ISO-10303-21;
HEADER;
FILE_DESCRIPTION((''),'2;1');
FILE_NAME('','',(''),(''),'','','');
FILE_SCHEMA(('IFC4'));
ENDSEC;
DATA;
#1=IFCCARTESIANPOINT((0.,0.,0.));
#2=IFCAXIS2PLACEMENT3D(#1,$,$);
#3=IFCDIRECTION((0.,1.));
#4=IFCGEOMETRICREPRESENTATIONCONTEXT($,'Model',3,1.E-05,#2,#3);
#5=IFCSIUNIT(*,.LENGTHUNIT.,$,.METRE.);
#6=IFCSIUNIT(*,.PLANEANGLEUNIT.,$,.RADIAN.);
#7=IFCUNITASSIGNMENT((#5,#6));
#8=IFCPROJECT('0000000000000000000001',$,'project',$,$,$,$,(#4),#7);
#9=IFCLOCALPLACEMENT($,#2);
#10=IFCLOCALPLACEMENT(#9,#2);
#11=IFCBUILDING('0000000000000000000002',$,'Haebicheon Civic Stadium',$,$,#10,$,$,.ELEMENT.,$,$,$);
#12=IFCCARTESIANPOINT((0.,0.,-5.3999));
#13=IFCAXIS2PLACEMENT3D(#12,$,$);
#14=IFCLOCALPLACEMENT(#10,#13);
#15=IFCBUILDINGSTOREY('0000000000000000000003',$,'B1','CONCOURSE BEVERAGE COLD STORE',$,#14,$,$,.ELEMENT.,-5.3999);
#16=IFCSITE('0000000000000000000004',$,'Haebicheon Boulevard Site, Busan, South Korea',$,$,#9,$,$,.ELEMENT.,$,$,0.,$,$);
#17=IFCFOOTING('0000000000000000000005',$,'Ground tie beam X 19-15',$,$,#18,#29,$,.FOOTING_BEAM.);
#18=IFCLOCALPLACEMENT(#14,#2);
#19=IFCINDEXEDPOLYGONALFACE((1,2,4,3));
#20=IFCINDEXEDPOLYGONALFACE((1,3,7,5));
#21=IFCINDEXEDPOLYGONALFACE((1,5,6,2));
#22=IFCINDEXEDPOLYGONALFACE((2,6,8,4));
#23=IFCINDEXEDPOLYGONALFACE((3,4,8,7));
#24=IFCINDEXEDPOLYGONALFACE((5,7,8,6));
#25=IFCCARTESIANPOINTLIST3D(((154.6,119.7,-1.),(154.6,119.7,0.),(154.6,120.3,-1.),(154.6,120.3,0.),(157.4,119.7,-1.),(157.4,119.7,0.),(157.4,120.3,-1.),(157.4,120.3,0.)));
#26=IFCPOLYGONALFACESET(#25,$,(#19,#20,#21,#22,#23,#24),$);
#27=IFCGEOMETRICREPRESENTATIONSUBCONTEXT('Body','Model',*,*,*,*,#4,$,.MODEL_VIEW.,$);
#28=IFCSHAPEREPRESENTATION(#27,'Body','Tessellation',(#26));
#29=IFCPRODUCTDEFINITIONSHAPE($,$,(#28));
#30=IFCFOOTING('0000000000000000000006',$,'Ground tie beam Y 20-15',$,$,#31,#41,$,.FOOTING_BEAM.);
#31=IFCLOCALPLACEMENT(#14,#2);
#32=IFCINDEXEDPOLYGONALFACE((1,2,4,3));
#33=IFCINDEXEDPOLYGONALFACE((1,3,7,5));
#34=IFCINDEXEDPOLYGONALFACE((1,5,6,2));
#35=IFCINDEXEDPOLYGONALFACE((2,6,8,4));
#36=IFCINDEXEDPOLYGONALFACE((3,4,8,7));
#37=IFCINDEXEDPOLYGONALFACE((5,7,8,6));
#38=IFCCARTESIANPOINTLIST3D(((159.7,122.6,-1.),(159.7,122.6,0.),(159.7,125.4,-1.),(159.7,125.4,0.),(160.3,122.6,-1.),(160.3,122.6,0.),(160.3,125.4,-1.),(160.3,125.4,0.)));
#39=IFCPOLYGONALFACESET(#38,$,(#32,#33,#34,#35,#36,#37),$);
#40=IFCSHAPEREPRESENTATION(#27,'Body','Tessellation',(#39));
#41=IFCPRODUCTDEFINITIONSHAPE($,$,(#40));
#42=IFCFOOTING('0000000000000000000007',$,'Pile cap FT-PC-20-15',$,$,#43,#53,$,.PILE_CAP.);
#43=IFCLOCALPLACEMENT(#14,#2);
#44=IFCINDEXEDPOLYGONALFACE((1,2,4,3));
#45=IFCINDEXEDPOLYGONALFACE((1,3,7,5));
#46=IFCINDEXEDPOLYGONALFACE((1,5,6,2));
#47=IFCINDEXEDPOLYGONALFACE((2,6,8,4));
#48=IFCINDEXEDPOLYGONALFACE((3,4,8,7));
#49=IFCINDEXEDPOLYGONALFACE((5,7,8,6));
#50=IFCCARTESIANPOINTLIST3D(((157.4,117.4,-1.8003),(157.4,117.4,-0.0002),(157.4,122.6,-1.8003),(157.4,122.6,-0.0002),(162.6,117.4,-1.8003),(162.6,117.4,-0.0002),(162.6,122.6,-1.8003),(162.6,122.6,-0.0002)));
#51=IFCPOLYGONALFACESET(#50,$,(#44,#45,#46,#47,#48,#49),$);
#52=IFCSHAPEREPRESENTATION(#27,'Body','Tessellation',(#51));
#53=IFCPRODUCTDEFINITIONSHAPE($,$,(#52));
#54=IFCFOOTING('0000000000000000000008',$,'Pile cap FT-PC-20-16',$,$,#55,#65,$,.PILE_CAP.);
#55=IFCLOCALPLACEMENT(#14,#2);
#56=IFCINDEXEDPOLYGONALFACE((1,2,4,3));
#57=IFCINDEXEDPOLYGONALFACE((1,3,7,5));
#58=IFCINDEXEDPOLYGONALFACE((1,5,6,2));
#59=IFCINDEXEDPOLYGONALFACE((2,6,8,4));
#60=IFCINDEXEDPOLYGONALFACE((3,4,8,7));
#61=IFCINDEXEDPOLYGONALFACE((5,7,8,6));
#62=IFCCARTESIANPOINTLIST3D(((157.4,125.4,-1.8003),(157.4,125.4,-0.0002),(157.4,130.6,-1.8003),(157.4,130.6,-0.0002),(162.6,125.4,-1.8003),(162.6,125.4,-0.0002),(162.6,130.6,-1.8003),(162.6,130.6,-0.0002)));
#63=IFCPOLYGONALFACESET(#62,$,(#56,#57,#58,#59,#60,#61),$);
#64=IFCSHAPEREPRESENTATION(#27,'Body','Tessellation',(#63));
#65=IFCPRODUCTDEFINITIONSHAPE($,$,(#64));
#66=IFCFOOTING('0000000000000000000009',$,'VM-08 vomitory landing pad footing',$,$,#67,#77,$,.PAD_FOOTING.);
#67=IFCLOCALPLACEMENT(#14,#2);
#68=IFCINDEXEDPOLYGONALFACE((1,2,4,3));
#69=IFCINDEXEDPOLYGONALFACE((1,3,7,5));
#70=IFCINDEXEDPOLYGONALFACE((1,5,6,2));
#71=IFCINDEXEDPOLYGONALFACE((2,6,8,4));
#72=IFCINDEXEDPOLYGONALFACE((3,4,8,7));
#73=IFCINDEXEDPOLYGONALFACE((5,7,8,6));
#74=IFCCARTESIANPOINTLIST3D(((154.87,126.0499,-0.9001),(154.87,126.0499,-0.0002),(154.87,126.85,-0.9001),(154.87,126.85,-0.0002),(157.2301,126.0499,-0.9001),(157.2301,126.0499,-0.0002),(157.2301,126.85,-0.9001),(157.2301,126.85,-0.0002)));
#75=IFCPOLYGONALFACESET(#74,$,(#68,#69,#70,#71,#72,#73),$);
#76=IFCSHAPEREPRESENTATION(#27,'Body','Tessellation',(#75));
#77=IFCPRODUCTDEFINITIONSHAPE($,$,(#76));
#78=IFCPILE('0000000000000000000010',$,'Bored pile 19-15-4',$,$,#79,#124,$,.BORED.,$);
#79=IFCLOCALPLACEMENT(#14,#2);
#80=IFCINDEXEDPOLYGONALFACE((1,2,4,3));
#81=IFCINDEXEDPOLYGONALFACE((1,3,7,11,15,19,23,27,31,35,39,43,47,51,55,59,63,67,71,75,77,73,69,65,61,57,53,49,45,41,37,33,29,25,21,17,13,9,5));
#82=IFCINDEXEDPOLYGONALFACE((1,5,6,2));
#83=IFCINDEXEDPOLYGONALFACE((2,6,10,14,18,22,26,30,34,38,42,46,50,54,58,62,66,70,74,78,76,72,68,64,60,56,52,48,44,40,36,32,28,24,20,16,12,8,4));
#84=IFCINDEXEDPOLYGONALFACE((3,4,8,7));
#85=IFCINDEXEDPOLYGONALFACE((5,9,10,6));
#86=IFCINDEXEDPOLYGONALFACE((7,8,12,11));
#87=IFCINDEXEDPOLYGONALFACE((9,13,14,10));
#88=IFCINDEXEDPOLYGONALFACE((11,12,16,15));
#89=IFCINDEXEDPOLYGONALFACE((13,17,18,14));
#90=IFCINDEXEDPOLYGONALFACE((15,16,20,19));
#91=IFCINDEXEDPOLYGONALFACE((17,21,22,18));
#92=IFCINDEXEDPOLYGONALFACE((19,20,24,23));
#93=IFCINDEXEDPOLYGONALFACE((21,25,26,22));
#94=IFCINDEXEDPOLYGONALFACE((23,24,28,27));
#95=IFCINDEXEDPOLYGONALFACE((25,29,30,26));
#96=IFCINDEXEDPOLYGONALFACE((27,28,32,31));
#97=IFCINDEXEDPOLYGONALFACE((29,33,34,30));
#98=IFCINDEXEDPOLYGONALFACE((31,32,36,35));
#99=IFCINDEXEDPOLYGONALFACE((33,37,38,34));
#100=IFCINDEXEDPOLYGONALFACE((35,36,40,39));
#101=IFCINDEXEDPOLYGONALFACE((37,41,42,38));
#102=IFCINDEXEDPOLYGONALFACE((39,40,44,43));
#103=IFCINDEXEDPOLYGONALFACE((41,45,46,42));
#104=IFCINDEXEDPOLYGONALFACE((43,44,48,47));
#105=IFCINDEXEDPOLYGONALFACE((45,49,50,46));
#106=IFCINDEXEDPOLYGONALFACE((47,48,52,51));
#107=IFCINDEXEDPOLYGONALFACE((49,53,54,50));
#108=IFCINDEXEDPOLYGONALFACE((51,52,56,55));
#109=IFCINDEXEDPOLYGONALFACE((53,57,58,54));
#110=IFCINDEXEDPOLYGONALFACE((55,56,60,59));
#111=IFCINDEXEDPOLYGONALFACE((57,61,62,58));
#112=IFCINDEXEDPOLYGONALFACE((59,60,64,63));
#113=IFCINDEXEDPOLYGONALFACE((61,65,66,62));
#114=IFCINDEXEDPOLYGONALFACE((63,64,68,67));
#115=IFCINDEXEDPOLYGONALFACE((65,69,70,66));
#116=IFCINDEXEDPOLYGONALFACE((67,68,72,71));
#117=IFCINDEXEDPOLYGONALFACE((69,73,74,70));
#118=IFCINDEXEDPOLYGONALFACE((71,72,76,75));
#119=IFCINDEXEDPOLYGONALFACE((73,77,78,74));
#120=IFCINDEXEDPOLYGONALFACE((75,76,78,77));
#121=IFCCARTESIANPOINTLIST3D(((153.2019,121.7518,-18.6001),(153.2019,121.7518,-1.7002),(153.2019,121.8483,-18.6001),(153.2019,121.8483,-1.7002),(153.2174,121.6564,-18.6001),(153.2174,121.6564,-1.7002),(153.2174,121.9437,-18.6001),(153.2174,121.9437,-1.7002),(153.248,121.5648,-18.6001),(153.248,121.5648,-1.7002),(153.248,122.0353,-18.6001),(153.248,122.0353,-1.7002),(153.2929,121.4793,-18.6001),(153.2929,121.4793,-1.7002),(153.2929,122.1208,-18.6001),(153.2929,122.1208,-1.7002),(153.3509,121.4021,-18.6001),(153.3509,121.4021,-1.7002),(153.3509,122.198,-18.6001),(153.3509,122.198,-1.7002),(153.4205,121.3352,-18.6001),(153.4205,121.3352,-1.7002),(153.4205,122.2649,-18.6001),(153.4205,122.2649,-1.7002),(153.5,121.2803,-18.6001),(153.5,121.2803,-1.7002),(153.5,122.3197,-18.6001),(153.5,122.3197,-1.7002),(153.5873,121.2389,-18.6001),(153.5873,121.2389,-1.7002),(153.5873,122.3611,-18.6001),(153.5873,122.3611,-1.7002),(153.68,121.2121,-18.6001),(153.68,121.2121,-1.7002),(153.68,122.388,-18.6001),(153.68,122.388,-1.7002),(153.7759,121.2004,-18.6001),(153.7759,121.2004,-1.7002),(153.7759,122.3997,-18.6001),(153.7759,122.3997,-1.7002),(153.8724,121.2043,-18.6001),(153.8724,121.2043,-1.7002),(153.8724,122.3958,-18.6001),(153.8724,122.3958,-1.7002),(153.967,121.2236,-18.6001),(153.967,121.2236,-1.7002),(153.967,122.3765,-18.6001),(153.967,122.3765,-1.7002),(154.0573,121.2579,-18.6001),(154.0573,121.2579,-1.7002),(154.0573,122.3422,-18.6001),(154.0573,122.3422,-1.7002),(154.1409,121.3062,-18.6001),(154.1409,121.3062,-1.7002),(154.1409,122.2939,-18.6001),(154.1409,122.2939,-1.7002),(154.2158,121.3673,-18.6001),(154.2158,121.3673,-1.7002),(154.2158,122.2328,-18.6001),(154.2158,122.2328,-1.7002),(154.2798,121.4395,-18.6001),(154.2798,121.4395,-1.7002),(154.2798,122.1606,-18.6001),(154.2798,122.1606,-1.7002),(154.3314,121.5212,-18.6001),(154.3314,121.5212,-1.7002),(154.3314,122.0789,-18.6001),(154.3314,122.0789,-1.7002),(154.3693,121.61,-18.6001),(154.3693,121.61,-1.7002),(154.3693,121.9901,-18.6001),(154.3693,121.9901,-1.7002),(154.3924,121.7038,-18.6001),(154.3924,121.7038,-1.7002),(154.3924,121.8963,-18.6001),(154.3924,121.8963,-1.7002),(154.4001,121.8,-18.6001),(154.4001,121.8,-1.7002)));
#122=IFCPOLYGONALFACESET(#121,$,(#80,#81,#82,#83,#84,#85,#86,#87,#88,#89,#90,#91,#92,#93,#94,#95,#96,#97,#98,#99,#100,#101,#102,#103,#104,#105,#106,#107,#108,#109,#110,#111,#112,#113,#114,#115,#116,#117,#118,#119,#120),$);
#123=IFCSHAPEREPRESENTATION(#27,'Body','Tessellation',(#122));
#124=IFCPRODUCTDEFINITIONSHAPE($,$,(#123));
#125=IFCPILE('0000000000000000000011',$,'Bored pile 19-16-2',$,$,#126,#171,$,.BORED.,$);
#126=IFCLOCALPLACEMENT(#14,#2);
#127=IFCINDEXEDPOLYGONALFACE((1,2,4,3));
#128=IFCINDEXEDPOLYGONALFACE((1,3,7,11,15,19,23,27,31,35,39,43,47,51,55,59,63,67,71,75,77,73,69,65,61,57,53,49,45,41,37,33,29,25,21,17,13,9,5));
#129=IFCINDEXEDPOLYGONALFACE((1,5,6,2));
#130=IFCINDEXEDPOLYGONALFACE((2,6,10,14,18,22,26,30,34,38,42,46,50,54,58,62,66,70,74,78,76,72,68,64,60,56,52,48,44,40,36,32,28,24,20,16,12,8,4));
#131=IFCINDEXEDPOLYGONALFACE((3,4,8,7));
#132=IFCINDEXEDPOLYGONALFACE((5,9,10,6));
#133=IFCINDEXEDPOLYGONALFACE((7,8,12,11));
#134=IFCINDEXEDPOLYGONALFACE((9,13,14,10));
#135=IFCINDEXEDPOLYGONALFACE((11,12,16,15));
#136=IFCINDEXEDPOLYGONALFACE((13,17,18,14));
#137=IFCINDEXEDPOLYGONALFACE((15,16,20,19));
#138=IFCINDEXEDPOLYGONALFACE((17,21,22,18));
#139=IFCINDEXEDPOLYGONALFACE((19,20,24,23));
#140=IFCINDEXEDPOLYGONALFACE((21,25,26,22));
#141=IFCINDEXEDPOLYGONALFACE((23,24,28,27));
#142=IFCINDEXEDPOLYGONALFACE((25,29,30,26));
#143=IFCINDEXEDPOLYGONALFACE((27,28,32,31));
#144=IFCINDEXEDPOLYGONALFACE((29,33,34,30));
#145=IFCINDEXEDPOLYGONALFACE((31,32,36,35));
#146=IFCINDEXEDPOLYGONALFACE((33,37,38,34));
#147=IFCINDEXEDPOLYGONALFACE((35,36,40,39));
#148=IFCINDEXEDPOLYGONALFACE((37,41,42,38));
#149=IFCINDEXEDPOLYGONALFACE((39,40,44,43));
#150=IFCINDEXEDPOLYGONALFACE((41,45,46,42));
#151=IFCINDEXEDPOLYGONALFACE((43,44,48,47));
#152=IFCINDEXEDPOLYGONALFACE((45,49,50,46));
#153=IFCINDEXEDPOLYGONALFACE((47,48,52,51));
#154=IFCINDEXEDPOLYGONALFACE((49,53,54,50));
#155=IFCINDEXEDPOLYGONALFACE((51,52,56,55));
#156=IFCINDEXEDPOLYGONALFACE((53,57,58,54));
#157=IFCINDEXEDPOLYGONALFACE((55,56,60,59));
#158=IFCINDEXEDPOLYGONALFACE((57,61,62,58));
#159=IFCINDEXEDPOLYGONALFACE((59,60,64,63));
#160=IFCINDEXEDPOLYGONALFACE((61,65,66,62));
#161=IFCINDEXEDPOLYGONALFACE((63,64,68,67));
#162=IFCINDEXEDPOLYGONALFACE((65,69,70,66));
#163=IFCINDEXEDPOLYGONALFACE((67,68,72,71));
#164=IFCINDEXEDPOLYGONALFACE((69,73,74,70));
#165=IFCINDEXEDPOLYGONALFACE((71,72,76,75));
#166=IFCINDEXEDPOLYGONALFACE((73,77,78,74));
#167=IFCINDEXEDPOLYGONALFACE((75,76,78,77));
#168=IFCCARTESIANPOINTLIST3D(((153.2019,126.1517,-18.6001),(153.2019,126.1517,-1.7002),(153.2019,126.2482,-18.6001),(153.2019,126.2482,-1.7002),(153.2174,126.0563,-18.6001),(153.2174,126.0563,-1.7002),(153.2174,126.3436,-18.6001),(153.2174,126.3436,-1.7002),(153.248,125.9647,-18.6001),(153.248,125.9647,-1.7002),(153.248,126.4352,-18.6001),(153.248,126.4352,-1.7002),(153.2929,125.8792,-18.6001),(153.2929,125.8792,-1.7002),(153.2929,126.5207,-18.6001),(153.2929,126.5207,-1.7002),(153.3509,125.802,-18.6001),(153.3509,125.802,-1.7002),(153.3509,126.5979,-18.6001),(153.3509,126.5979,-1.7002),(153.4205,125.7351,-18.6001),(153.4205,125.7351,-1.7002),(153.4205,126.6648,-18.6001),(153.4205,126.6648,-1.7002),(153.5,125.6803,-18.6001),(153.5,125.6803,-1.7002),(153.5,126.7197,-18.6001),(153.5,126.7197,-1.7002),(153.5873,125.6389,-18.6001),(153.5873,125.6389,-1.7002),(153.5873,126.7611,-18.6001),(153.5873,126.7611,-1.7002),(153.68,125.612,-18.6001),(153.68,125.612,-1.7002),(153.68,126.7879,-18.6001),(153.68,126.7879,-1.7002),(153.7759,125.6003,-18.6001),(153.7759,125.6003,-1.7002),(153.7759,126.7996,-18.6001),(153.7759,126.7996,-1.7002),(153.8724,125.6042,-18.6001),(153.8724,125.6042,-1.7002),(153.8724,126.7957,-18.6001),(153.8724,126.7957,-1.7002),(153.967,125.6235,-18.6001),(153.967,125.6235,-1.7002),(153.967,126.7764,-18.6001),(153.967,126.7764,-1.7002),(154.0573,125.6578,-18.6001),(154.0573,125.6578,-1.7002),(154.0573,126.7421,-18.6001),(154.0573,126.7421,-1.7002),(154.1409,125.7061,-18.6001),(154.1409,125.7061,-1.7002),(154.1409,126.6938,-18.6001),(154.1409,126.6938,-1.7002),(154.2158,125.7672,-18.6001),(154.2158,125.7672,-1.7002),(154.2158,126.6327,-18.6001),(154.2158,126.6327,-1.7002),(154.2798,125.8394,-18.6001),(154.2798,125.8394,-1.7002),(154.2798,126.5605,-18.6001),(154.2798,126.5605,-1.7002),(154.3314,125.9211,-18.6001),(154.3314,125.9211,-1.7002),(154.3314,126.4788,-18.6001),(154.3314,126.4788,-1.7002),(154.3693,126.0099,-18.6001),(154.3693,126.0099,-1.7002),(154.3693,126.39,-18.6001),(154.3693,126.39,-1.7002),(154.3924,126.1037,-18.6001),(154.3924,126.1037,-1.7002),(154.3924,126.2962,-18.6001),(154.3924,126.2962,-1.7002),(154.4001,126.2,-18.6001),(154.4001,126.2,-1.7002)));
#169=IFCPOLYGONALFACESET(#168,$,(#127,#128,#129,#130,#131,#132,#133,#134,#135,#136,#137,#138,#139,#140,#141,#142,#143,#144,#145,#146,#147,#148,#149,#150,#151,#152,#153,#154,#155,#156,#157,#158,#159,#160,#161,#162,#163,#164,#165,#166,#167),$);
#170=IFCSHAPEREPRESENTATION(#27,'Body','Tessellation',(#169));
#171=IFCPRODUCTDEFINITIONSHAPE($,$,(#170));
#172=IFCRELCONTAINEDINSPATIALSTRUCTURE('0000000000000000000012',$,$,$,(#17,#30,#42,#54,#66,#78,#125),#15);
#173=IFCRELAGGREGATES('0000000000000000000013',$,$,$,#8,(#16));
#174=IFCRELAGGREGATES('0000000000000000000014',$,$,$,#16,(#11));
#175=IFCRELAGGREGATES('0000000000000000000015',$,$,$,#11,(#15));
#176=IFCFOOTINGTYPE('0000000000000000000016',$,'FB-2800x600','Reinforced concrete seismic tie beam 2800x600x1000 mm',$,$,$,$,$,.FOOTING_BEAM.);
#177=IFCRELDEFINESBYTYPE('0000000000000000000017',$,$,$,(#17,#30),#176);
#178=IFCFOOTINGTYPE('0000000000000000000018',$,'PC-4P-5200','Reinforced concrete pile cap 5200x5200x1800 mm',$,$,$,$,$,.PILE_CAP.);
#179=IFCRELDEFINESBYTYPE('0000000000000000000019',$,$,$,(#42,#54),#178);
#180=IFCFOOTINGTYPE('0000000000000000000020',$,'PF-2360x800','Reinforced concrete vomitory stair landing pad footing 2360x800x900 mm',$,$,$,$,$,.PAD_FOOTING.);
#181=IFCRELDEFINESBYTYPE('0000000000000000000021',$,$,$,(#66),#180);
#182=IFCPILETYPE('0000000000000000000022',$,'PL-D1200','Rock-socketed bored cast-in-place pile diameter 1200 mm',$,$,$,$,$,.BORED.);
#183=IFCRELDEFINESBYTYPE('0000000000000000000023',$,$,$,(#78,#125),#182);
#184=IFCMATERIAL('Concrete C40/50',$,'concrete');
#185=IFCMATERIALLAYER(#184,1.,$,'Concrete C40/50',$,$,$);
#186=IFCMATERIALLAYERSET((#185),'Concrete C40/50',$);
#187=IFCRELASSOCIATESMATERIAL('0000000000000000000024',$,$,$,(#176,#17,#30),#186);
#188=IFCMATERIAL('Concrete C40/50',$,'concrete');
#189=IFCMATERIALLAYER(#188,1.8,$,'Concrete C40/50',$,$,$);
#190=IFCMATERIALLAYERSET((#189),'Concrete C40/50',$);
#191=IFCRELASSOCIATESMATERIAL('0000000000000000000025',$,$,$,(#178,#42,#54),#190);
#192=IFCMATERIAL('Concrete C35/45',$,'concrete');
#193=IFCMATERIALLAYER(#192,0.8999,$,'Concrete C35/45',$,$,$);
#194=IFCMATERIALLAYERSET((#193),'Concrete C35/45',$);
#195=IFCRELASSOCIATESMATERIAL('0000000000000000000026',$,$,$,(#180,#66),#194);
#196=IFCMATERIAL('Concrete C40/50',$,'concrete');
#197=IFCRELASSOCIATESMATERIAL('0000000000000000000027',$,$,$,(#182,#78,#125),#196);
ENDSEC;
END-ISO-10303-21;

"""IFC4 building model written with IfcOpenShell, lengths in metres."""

from ifc_helpers import new_model, si_unit, direction, frame, origin, origin_2d, place, context, subcontext, project, spatial, rectangle, circle, extrude, material, layer, layer_set, material_profile, profile_set, type_object, element, save


model = new_model("IFC4")

# Units and contexts
model_context = context("Model", 3, precision=1e-05, world=origin(), true_north=direction((0.0, 1.0)))
body_context = subcontext(model_context, "Body", "Model", "MODEL_VIEW")
ifc_project = project(units=[si_unit("LENGTHUNIT", "METRE"), si_unit("PLANEANGLEUNIT", "RADIAN")], contexts=[model_context])

# Site, building, storey
site_placement = place(None, origin())
site = spatial("IfcSite", under=ifc_project, at=site_placement, Name="Haebicheon Boulevard Site, Busan, South Korea", CompositionType="ELEMENT", RefElevation=0.0)
building_placement = place(site_placement, origin())
building = spatial("IfcBuilding", under=site, at=building_placement, Name="Haebicheon Civic Stadium", CompositionType="ELEMENT")
storey_placement = place(building_placement, frame((0.0, 0.0, -5.3999)))
storey = spatial("IfcBuildingStorey", under=building, at=storey_placement, Name="B1", Description="CONCOURSE BEVERAGE COLD STORE", CompositionType="ELEMENT", Elevation=-5.3999)

# Footings
ifc_material_1 = material(Name="Concrete C40/50", Category="concrete")
ifc_layer_1 = layer(ifc_material_1, 1.0, Name="Concrete C40/50")
ifc_layer_set_1 = layer_set([ifc_layer_1], Name="Concrete C40/50")
footing_type_1 = type_object("IfcFootingType", Name="FB-2800x600", Description="Reinforced concrete seismic tie beam 2800x600x1000 mm", PredefinedType="FOOTING_BEAM", material=ifc_layer_set_1)
for number, where, z_axis, x_axis, name in (
    (1, (156.0, 120.0, -1.0), (0.0, 0.0, 1.0), (1.0, 0.0, 0.0), "Ground tie beam X 19-15"),
    (2, (160.0, 124.0, -1.0), (0.0, 0.0, 1.0), (0.0, 1.0, 0.0), "Ground tie beam Y 20-15"),
):
    element("IfcFooting", number, at=place(storey_placement, frame(where, z_axis=z_axis, x_axis=x_axis)), inside=storey, type_object=footing_type_1, material=ifc_layer_set_1, Name=name, PredefinedType="FOOTING_BEAM", context=body_context, shape_type="SweptSolid", body=[
        extrude(rectangle(XDim=2.8, YDim=0.6001, at=origin_2d()), origin(), (0.0, 0.0, 1.0), 1.0),
    ])
ifc_material_2 = material(Name="Concrete C40/50", Category="concrete")
ifc_layer_2 = layer(ifc_material_2, 1.8, Name="Concrete C40/50")
ifc_layer_set_2 = layer_set([ifc_layer_2], Name="Concrete C40/50")
footing_type_2 = type_object("IfcFootingType", Name="PC-4P-5200", Description="Reinforced concrete pile cap 5200x5200x1800 mm", PredefinedType="PILE_CAP", material=ifc_layer_set_2)
for number, where, z_axis, x_axis, name in (
    (3, (160.0, 120.0, -1.8003), (0.0, 0.0, 1.0), (1.0, 0.0, 0.0), "Pile cap FT-PC-20-15"),
    (4, (160.0, 128.0, -1.8003), (0.0, 0.0, 1.0), (1.0, 0.0, 0.0), "Pile cap FT-PC-20-16"),
):
    element("IfcFooting", number, at=place(storey_placement, frame(where, z_axis=z_axis, x_axis=x_axis)), inside=storey, type_object=footing_type_2, material=ifc_layer_set_2, Name=name, PredefinedType="PILE_CAP", context=body_context, shape_type="SweptSolid", body=[
        extrude(rectangle(XDim=5.2, YDim=5.2, at=origin_2d()), origin(), (0.0, 0.0, 1.0), 1.8),
    ])
ifc_material_3 = material(Name="Concrete C35/45", Category="concrete")
ifc_layer_3 = layer(ifc_material_3, 0.8999, Name="Concrete C35/45")
ifc_layer_set_3 = layer_set([ifc_layer_3], Name="Concrete C35/45")
footing_type_3 = type_object("IfcFootingType", Name="PF-2360x800", Description="Reinforced concrete vomitory stair landing pad footing 2360x800x900 mm", PredefinedType="PAD_FOOTING", material=ifc_layer_set_3)
footing_placement = place(storey_placement, frame((156.05, 126.45, -0.9001), z_axis=(0.0, 0.0, 1.0), x_axis=(1.0, 0.0, 0.0)))
element("IfcFooting", 5, at=footing_placement, inside=storey, type_object=footing_type_3, material=ifc_layer_set_3, Name="VM-08 vomitory landing pad footing", PredefinedType="PAD_FOOTING", context=body_context, shape_type="SweptSolid", body=[
    extrude(rectangle(XDim=2.3601, YDim=0.8, at=origin_2d()), origin(), (0.0, 0.0, 1.0), 0.8999),
])

# Piles
ifc_material_4 = material(Name="Concrete C40/50", Category="concrete")
ifc_material_profile_1 = material_profile(ifc_material_4, circle(Radius=0.6001, at=origin_2d()), Name="PILE-D1200")
ifc_profile_set_1 = profile_set([ifc_material_profile_1], Name="Concrete C40/50")
pile_type = type_object("IfcPileType", Name="PL-D1200", Description="Rock-socketed bored cast-in-place pile diameter 1200 mm", PredefinedType="BORED", material=ifc_profile_set_1)
for number, where, z_axis, x_axis, name in (
    (6, (153.8, 121.8, -1.7002), (0.0, 0.0, -1.0), (1.0, 0.0, 0.0), "Bored pile 19-15-4"),
    (7, (153.8, 126.2, -1.7002), (0.0, 0.0, -1.0), (1.0, 0.0, 0.0), "Bored pile 19-16-2"),
):
    element("IfcPile", number, at=place(storey_placement, frame(where, z_axis=z_axis, x_axis=x_axis)), inside=storey, type_object=pile_type, material=ifc_profile_set_1, Name=name, PredefinedType="BORED", context=body_context, shape_type="SweptSolid", body=[
        extrude(circle(Radius=0.6001, at=origin_2d()), origin(), (0.0, 0.0, 1.0), 16.8999),
    ])

save(model, "model.ifc")
